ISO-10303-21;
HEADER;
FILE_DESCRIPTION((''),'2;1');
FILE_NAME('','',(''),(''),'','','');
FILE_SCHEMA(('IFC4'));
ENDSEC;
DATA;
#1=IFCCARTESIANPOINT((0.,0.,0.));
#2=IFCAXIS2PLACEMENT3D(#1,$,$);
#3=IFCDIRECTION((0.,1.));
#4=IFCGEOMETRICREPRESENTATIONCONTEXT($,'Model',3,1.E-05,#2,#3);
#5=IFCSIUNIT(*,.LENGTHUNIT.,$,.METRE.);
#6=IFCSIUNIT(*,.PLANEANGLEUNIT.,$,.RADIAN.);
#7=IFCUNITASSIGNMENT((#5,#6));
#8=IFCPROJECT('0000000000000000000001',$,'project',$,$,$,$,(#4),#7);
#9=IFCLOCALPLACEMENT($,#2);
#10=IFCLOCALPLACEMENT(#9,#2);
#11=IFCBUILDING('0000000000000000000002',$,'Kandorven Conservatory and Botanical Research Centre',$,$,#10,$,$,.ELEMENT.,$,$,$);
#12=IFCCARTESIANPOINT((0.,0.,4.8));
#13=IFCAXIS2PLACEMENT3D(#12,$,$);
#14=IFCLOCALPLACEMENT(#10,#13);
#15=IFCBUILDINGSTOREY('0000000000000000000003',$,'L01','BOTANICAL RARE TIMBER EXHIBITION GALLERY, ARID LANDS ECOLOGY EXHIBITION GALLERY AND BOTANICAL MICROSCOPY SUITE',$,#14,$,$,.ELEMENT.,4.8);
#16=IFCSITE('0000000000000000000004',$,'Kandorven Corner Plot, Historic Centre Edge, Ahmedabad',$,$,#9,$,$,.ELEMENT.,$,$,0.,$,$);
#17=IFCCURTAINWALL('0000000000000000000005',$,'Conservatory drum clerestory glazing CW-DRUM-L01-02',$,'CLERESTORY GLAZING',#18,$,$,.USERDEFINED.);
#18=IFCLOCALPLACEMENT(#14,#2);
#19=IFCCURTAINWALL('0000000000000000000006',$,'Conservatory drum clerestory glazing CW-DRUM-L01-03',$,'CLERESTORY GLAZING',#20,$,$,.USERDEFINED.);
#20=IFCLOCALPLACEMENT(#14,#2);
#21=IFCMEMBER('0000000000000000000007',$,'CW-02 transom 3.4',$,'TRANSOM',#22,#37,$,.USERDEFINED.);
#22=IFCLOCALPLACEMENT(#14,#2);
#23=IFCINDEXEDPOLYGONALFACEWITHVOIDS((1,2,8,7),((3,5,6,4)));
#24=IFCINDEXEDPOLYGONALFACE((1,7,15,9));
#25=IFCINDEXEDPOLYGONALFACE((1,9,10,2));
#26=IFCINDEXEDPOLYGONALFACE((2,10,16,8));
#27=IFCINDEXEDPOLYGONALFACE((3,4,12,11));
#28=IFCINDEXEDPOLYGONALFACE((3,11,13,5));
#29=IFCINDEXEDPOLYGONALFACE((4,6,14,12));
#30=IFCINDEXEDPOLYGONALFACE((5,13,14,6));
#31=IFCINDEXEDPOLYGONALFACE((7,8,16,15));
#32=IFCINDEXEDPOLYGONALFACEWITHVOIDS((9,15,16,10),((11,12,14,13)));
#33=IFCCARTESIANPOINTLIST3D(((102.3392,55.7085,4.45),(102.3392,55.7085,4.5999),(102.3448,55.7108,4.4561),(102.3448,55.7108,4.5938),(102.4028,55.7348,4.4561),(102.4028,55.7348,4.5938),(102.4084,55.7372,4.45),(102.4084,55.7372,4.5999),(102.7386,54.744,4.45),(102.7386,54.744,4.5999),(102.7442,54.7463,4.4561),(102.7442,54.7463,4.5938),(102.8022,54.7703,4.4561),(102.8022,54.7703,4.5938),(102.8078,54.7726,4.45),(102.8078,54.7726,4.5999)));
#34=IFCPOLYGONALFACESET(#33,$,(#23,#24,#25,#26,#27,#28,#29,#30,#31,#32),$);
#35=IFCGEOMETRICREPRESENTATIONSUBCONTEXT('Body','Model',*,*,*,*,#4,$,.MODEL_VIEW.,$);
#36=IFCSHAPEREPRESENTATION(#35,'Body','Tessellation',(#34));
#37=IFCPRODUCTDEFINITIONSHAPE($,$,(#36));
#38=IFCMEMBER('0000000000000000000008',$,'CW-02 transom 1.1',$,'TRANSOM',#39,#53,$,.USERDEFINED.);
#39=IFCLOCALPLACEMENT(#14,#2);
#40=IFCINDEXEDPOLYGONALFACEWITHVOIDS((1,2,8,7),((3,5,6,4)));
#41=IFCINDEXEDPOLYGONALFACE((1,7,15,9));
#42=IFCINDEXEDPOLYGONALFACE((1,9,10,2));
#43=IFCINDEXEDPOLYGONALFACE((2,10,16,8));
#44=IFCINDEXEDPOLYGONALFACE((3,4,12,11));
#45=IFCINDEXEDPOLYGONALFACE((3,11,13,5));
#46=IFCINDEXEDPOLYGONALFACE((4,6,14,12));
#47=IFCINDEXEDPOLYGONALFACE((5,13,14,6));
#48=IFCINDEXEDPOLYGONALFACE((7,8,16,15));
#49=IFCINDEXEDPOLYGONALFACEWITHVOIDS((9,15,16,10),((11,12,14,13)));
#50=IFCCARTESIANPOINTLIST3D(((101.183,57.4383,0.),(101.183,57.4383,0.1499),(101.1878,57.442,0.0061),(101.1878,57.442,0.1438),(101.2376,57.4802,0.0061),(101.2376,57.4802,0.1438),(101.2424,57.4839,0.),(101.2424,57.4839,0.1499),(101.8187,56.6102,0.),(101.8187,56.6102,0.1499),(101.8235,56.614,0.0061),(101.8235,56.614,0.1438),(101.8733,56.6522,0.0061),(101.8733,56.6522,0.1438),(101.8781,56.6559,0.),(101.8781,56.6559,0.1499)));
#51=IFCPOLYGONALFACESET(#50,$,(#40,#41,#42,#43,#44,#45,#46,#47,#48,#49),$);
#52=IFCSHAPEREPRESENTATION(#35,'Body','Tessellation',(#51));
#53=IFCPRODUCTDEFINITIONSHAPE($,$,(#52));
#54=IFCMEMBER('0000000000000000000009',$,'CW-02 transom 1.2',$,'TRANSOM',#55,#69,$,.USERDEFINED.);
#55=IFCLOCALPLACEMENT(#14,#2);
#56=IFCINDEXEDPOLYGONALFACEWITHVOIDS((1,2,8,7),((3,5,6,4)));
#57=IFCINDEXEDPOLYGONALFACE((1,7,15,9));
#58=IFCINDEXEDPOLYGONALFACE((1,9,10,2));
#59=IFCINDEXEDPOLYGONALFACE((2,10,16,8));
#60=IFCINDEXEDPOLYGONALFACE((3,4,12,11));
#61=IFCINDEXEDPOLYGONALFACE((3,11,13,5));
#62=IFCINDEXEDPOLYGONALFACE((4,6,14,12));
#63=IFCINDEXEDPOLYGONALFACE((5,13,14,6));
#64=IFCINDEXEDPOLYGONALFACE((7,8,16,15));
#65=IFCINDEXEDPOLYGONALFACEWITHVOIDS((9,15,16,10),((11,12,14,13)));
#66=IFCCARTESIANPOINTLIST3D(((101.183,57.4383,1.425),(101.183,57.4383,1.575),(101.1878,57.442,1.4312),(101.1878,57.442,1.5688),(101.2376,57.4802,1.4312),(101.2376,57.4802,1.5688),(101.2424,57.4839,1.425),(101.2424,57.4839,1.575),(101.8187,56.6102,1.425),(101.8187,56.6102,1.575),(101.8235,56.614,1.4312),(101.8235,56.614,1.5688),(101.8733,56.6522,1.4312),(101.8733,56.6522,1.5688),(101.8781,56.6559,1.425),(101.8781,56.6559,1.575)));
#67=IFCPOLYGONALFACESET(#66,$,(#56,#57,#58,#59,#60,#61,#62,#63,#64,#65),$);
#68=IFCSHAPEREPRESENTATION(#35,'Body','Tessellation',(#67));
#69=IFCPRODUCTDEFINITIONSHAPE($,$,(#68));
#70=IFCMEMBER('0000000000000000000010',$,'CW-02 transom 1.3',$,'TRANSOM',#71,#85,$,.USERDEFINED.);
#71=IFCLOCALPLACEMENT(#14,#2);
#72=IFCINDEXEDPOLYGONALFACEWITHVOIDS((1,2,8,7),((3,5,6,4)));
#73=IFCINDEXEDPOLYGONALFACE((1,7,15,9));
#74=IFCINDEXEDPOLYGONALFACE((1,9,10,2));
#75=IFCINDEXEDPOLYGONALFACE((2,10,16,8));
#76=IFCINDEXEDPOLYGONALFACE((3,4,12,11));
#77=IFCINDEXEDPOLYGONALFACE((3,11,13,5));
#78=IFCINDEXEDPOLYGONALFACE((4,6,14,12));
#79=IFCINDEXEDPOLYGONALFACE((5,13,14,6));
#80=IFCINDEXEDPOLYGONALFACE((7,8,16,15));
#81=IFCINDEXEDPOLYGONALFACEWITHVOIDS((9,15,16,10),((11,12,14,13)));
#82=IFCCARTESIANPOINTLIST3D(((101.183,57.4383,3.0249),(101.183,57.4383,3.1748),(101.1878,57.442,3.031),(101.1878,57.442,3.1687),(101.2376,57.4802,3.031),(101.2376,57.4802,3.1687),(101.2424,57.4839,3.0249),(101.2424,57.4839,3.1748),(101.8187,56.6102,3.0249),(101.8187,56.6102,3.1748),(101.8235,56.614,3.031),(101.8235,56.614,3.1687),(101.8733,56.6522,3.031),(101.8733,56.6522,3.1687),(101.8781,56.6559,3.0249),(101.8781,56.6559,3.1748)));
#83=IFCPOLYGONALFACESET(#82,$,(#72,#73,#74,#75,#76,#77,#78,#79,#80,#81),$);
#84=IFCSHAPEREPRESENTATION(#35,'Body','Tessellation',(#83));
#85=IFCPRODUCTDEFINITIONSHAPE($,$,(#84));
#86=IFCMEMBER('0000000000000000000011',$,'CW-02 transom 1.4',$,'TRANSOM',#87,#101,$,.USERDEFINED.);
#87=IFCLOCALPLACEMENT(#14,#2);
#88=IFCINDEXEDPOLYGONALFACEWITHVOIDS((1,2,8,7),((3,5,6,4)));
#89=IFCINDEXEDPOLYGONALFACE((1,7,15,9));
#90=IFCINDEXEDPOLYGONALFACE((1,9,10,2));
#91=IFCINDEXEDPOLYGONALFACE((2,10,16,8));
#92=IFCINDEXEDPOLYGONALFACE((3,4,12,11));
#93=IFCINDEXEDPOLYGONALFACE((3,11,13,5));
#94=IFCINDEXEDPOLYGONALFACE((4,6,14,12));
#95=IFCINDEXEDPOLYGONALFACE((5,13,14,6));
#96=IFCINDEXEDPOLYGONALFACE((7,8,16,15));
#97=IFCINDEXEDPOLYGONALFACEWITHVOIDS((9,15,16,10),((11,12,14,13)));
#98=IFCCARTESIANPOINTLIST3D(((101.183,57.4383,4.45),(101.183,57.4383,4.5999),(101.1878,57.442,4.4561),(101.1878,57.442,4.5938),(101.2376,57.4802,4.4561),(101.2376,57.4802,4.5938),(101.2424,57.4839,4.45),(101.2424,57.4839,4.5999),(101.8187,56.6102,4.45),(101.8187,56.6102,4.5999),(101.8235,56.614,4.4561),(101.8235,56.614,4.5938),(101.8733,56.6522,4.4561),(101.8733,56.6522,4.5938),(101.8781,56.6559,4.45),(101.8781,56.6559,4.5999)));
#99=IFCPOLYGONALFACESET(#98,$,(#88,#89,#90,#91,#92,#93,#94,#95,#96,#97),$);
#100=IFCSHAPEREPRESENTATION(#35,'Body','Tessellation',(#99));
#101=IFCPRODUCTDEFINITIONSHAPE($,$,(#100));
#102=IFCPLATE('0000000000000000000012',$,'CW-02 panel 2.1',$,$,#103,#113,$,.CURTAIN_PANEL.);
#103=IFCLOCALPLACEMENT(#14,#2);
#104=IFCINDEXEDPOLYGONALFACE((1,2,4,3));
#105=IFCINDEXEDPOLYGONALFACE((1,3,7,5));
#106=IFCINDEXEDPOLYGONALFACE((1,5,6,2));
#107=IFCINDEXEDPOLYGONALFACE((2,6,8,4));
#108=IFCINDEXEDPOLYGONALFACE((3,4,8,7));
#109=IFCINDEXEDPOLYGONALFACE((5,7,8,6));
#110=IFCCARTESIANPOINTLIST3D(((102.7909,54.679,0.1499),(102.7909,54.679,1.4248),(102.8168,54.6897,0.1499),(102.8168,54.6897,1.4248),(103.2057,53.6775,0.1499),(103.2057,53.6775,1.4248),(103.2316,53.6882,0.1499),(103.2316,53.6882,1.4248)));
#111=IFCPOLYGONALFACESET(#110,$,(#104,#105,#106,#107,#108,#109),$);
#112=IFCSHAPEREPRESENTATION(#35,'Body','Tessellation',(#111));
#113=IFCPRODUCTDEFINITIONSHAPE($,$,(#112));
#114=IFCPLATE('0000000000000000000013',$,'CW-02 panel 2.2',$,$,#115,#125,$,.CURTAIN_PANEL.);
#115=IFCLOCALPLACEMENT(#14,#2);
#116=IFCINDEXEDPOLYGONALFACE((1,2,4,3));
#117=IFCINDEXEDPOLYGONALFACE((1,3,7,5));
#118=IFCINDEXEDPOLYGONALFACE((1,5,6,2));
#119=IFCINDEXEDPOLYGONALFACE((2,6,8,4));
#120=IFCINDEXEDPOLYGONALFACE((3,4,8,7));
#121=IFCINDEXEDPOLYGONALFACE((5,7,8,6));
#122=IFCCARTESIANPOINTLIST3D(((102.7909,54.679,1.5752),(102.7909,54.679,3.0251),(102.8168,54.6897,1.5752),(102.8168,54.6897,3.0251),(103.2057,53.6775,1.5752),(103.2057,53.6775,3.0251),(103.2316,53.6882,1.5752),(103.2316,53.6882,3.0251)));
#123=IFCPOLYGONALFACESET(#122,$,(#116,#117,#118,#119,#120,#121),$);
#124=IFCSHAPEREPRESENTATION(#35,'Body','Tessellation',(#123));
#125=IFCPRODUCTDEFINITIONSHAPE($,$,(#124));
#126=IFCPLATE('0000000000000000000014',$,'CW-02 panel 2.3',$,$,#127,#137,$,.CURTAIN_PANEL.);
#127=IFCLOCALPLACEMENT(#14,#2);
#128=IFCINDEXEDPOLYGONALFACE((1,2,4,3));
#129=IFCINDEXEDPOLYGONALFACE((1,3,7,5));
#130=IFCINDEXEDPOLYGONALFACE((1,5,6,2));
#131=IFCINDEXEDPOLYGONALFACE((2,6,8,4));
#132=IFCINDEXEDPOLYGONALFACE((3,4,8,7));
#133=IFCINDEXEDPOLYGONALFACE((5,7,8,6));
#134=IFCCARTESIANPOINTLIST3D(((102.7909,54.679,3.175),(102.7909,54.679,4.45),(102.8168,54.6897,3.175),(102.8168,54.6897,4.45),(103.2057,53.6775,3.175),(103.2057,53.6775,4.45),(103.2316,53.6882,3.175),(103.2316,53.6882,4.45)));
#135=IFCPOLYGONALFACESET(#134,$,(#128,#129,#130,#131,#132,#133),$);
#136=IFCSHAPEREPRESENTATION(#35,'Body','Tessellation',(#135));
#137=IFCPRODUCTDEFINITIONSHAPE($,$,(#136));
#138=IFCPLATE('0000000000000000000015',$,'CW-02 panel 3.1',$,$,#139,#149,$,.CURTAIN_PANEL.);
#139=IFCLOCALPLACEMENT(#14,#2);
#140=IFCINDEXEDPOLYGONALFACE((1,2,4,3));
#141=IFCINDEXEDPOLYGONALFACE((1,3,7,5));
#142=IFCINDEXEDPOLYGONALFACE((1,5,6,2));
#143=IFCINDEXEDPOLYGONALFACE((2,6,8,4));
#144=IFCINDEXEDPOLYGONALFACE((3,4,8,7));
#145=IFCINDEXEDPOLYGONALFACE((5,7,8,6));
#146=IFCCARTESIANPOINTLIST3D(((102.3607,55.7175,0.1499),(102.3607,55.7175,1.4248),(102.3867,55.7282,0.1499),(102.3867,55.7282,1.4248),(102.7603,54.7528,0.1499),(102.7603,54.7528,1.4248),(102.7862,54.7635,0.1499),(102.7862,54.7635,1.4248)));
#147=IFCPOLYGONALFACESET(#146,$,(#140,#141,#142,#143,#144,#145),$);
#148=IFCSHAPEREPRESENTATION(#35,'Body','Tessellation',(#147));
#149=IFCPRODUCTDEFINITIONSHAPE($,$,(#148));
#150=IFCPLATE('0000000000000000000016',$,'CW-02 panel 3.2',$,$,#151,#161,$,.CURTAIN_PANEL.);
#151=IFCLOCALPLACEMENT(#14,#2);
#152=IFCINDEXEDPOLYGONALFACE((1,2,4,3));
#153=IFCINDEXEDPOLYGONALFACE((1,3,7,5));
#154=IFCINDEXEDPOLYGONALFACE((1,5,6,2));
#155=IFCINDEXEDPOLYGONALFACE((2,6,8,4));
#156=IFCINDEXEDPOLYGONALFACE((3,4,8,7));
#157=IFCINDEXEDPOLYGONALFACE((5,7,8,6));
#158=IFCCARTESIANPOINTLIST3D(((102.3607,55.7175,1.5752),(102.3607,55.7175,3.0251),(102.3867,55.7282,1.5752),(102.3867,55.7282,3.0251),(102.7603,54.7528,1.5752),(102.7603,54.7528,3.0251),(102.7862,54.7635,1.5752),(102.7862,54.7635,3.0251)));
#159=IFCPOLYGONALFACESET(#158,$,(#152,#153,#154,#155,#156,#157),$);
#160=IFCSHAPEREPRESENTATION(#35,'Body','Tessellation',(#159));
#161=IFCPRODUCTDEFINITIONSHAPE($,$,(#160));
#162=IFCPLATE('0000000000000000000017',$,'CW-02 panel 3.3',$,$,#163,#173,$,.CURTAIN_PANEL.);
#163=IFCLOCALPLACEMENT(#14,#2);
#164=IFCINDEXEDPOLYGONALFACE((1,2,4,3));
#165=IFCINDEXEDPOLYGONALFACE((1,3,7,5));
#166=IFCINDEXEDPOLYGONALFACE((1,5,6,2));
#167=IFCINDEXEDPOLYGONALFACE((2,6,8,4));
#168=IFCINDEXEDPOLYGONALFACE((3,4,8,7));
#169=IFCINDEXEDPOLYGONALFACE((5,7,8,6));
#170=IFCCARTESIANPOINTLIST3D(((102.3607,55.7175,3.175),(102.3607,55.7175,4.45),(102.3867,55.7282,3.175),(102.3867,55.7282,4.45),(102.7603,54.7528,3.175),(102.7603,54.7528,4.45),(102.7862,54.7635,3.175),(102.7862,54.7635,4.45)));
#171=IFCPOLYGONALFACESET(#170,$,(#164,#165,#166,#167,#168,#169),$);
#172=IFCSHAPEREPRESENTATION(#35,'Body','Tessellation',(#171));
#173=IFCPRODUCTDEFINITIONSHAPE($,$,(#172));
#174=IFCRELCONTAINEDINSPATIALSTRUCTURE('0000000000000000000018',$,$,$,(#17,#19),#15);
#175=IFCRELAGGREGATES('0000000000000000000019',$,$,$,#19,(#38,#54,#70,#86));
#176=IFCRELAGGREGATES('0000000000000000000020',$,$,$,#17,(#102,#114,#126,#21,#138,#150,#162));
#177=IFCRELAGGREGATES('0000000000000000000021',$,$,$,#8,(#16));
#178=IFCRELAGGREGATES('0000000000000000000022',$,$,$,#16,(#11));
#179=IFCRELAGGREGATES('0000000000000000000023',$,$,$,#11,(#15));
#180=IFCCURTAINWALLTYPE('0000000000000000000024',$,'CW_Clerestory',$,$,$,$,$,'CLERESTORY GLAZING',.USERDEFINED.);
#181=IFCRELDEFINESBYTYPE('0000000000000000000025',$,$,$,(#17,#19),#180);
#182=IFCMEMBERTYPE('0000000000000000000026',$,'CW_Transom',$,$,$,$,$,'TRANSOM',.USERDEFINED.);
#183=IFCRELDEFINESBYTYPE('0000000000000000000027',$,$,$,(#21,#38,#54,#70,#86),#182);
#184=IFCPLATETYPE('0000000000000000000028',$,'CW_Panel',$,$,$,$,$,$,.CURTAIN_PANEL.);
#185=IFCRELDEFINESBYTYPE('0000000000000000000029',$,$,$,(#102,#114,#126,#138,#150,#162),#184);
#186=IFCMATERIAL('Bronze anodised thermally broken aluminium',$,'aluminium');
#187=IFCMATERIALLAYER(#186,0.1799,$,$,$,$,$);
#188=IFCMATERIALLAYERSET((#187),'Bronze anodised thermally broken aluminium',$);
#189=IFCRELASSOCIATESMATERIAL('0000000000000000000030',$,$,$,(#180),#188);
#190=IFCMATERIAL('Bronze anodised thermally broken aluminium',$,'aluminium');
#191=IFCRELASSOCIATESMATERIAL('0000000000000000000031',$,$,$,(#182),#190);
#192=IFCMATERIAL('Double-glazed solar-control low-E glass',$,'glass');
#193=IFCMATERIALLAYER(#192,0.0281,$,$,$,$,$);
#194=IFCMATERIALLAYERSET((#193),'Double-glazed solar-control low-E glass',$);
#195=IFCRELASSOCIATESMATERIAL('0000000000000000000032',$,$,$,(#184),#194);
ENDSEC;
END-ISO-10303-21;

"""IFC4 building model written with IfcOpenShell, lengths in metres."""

from ifc_helpers import new_model, si_unit, direction, frame, origin, origin_2d, place, context, subcontext, project, spatial, rectangle, hollow_rectangle, extrude, material, layer, layer_set, material_profile, profile_set, type_object, element, aggregate, save


model = new_model("IFC4")

# Units and contexts
model_context = context("Model", 3, precision=1e-05, world=origin(), true_north=direction((0.0, 1.0)))
body_context = subcontext(model_context, "Body", "Model", "MODEL_VIEW")
ifc_project = project(units=[si_unit("LENGTHUNIT", "METRE"), si_unit("PLANEANGLEUNIT", "RADIAN")], contexts=[model_context])

# Site, building, storey
site_placement = place(None, origin())
site = spatial("IfcSite", under=ifc_project, at=site_placement, Name="Kandorven Corner Plot, Historic Centre Edge, Ahmedabad", CompositionType="ELEMENT", RefElevation=0.0)
building_placement = place(site_placement, origin())
building = spatial("IfcBuilding", under=site, at=building_placement, Name="Kandorven Conservatory and Botanical Research Centre", CompositionType="ELEMENT")
storey_placement = place(building_placement, frame((0.0, 0.0, 4.8)))
storey = spatial("IfcBuildingStorey", under=building, at=storey_placement, Name="L01", Description="BOTANICAL RARE TIMBER EXHIBITION GALLERY, ARID LANDS ECOLOGY EXHIBITION GALLERY AND BOTANICAL MICROSCOPY SUITE", CompositionType="ELEMENT", Elevation=4.8)

# Curtain wall
ifc_material_1 = material(Name="Bronze anodised thermally broken aluminium", Category="aluminium")
ifc_layer_1 = layer(ifc_material_1, 0.1799)
ifc_layer_set_1 = layer_set([ifc_layer_1], Name="Bronze anodised thermally broken aluminium")
curtain_wall_type = type_object("IfcCurtainWallType", Name="CW_Clerestory", ElementType="CLERESTORY GLAZING", PredefinedType="USERDEFINED", material=ifc_layer_set_1)
curtain_wall_1_placement = place(storey_placement, origin())
curtain_wall_1 = element("IfcCurtainWall", 1, at=curtain_wall_1_placement, inside=storey, type_object=curtain_wall_type, Name="Conservatory drum clerestory glazing CW-DRUM-L01-02", ObjectType="CLERESTORY GLAZING", PredefinedType="USERDEFINED")

# Curtain wall
curtain_wall_2_placement = place(storey_placement, origin())
curtain_wall_2 = element("IfcCurtainWall", 2, at=curtain_wall_2_placement, inside=storey, type_object=curtain_wall_type, Name="Conservatory drum clerestory glazing CW-DRUM-L01-03", ObjectType="CLERESTORY GLAZING", PredefinedType="USERDEFINED")

# Members
ifc_material_2 = material(Name="Bronze anodised thermally broken aluminium", Category="aluminium")
ifc_material_profile_1 = material_profile(ifc_material_2, hollow_rectangle(XDim=0.075, YDim=0.1499, WallThickness=0.0061, at=origin_2d()))
ifc_profile_set_1 = profile_set([ifc_material_profile_1], Name="Bronze anodised thermally broken aluminium")
member_type_1 = type_object("IfcMemberType", Name="CW_Transom", ElementType="TRANSOM", PredefinedType="USERDEFINED", material=ifc_profile_set_1)
member_1_placement = place(storey_placement, frame((102.7732, 54.7583, 4.5249), z_axis=(-0.382572, 0.923926, 0.0), x_axis=(-0.923926, -0.382572, 0.0)))
member_1 = element("IfcMember", 3, at=member_1_placement, type_object=member_type_1, Name="CW-02 transom 3.4", ObjectType="TRANSOM", PredefinedType="USERDEFINED", context=body_context, shape_type="SweptSolid", body=[
    extrude(hollow_rectangle(XDim=0.075, YDim=0.1499, WallThickness=0.0061, at=origin_2d()), origin(), (0.0, 0.0, 1.0), 1.0439),
])
member_2_placement = place(storey_placement, frame((101.8484, 56.6331, 0.075), z_axis=(-0.608942, 0.793215, 0.0), x_axis=(-0.793215, -0.608942, 0.0)))
member_2 = element("IfcMember", 4, at=member_2_placement, type_object=member_type_1, Name="CW-02 transom 1.1", ObjectType="TRANSOM", PredefinedType="USERDEFINED", context=body_context, shape_type="SweptSolid", body=[
    extrude(hollow_rectangle(XDim=0.075, YDim=0.1499, WallThickness=0.0061, at=origin_2d()), origin(), (0.0, 0.0, 1.0), 1.0439),
])
member_3_placement = place(storey_placement, frame((101.8484, 56.6331, 1.5), z_axis=(-0.608942, 0.793215, 0.0), x_axis=(-0.793215, -0.608942, 0.0)))
member_3 = element("IfcMember", 5, at=member_3_placement, type_object=member_type_1, Name="CW-02 transom 1.2", ObjectType="TRANSOM", PredefinedType="USERDEFINED", context=body_context, shape_type="SweptSolid", body=[
    extrude(hollow_rectangle(XDim=0.075, YDim=0.1499, WallThickness=0.0061, at=origin_2d()), origin(), (0.0, 0.0, 1.0), 1.0439),
])
member_4_placement = place(storey_placement, frame((101.8484, 56.6331, 3.0999), z_axis=(-0.608942, 0.793215, 0.0), x_axis=(-0.793215, -0.608942, 0.0)))
member_4 = element("IfcMember", 6, at=member_4_placement, type_object=member_type_1, Name="CW-02 transom 1.3", ObjectType="TRANSOM", PredefinedType="USERDEFINED", context=body_context, shape_type="SweptSolid", body=[
    extrude(hollow_rectangle(XDim=0.075, YDim=0.1499, WallThickness=0.0061, at=origin_2d()), origin(), (0.0, 0.0, 1.0), 1.0439),
])
member_5_placement = place(storey_placement, frame((101.8484, 56.6331, 4.5249), z_axis=(-0.608942, 0.793215, 0.0), x_axis=(-0.793215, -0.608942, 0.0)))
member_5 = element("IfcMember", 7, at=member_5_placement, type_object=member_type_1, Name="CW-02 transom 1.4", ObjectType="TRANSOM", PredefinedType="USERDEFINED", context=body_context, shape_type="SweptSolid", body=[
    extrude(hollow_rectangle(XDim=0.075, YDim=0.1499, WallThickness=0.0061, at=origin_2d()), origin(), (0.0, 0.0, 1.0), 1.0439),
])
aggregate(curtain_wall_2, [member_2, member_3, member_4, member_5])

# Plates
ifc_material_3 = material(Name="Double-glazed solar-control low-E glass", Category="glass")
ifc_layer_2 = layer(ifc_material_3, 0.0281)
ifc_layer_set_2 = layer_set([ifc_layer_2], Name="Double-glazed solar-control low-E glass")
plate_type = type_object("IfcPlateType", Name="CW_Panel", PredefinedType="CURTAIN_PANEL", material=ifc_layer_set_2)
plate_1_placement = place(storey_placement, frame((103.0112, 54.1836, 0.1499), z_axis=(0.0, 0.0, 1.0), x_axis=(-0.382669, 0.923886, 0.0)))
plate_1 = element("IfcPlate", 8, at=plate_1_placement, type_object=plate_type, Name="CW-02 panel 2.1", PredefinedType="CURTAIN_PANEL", context=body_context, shape_type="SweptSolid", body=[
    extrude(rectangle(XDim=1.084, YDim=0.0281, at=origin_2d()), origin(), (0.0, 0.0, 1.0), 1.2749),
])
plate_2_placement = place(storey_placement, frame((103.0112, 54.1836, 1.5752), z_axis=(0.0, 0.0, 1.0), x_axis=(-0.382669, 0.923886, 0.0)))
plate_2 = element("IfcPlate", 9, at=plate_2_placement, type_object=plate_type, Name="CW-02 panel 2.2", PredefinedType="CURTAIN_PANEL", context=body_context, shape_type="SweptSolid", body=[
    extrude(rectangle(XDim=1.084, YDim=0.0281, at=origin_2d()), origin(), (0.0, 0.0, 1.0), 1.45),
])
plate_3_placement = place(storey_placement, frame((103.0112, 54.1836, 3.175), z_axis=(0.0, 0.0, 1.0), x_axis=(-0.382669, 0.923886, 0.0)))
plate_3 = element("IfcPlate", 10, at=plate_3_placement, type_object=plate_type, Name="CW-02 panel 2.3", PredefinedType="CURTAIN_PANEL", context=body_context, shape_type="SweptSolid", body=[
    extrude(rectangle(XDim=1.084, YDim=0.0281, at=origin_2d()), origin(), (0.0, 0.0, 1.0), 1.2749),
])
plate_4_placement = place(storey_placement, frame((102.5735, 55.2405, 0.1499), z_axis=(0.0, 0.0, 1.0), x_axis=(-0.382669, 0.923886, 0.0)))
plate_4 = element("IfcPlate", 11, at=plate_4_placement, type_object=plate_type, Name="CW-02 panel 3.1", PredefinedType="CURTAIN_PANEL", context=body_context, shape_type="SweptSolid", body=[
    extrude(rectangle(XDim=1.0442, YDim=0.0281, at=origin_2d()), origin(), (0.0, 0.0, 1.0), 1.2749),
])
plate_5_placement = place(storey_placement, frame((102.5735, 55.2405, 1.5752), z_axis=(0.0, 0.0, 1.0), x_axis=(-0.382669, 0.923886, 0.0)))
plate_5 = element("IfcPlate", 12, at=plate_5_placement, type_object=plate_type, Name="CW-02 panel 3.2", PredefinedType="CURTAIN_PANEL", context=body_context, shape_type="SweptSolid", body=[
    extrude(rectangle(XDim=1.0442, YDim=0.0281, at=origin_2d()), origin(), (0.0, 0.0, 1.0), 1.45),
])
plate_6_placement = place(storey_placement, frame((102.5735, 55.2405, 3.175), z_axis=(0.0, 0.0, 1.0), x_axis=(-0.382669, 0.923886, 0.0)))
plate_6 = element("IfcPlate", 13, at=plate_6_placement, type_object=plate_type, Name="CW-02 panel 3.3", PredefinedType="CURTAIN_PANEL", context=body_context, shape_type="SweptSolid", body=[
    extrude(rectangle(XDim=1.0442, YDim=0.0281, at=origin_2d()), origin(), (0.0, 0.0, 1.0), 1.2749),
])
aggregate(curtain_wall_1, [plate_1, plate_2, plate_3, member_1, plate_4, plate_5, plate_6])

save(model, "model.ifc")
